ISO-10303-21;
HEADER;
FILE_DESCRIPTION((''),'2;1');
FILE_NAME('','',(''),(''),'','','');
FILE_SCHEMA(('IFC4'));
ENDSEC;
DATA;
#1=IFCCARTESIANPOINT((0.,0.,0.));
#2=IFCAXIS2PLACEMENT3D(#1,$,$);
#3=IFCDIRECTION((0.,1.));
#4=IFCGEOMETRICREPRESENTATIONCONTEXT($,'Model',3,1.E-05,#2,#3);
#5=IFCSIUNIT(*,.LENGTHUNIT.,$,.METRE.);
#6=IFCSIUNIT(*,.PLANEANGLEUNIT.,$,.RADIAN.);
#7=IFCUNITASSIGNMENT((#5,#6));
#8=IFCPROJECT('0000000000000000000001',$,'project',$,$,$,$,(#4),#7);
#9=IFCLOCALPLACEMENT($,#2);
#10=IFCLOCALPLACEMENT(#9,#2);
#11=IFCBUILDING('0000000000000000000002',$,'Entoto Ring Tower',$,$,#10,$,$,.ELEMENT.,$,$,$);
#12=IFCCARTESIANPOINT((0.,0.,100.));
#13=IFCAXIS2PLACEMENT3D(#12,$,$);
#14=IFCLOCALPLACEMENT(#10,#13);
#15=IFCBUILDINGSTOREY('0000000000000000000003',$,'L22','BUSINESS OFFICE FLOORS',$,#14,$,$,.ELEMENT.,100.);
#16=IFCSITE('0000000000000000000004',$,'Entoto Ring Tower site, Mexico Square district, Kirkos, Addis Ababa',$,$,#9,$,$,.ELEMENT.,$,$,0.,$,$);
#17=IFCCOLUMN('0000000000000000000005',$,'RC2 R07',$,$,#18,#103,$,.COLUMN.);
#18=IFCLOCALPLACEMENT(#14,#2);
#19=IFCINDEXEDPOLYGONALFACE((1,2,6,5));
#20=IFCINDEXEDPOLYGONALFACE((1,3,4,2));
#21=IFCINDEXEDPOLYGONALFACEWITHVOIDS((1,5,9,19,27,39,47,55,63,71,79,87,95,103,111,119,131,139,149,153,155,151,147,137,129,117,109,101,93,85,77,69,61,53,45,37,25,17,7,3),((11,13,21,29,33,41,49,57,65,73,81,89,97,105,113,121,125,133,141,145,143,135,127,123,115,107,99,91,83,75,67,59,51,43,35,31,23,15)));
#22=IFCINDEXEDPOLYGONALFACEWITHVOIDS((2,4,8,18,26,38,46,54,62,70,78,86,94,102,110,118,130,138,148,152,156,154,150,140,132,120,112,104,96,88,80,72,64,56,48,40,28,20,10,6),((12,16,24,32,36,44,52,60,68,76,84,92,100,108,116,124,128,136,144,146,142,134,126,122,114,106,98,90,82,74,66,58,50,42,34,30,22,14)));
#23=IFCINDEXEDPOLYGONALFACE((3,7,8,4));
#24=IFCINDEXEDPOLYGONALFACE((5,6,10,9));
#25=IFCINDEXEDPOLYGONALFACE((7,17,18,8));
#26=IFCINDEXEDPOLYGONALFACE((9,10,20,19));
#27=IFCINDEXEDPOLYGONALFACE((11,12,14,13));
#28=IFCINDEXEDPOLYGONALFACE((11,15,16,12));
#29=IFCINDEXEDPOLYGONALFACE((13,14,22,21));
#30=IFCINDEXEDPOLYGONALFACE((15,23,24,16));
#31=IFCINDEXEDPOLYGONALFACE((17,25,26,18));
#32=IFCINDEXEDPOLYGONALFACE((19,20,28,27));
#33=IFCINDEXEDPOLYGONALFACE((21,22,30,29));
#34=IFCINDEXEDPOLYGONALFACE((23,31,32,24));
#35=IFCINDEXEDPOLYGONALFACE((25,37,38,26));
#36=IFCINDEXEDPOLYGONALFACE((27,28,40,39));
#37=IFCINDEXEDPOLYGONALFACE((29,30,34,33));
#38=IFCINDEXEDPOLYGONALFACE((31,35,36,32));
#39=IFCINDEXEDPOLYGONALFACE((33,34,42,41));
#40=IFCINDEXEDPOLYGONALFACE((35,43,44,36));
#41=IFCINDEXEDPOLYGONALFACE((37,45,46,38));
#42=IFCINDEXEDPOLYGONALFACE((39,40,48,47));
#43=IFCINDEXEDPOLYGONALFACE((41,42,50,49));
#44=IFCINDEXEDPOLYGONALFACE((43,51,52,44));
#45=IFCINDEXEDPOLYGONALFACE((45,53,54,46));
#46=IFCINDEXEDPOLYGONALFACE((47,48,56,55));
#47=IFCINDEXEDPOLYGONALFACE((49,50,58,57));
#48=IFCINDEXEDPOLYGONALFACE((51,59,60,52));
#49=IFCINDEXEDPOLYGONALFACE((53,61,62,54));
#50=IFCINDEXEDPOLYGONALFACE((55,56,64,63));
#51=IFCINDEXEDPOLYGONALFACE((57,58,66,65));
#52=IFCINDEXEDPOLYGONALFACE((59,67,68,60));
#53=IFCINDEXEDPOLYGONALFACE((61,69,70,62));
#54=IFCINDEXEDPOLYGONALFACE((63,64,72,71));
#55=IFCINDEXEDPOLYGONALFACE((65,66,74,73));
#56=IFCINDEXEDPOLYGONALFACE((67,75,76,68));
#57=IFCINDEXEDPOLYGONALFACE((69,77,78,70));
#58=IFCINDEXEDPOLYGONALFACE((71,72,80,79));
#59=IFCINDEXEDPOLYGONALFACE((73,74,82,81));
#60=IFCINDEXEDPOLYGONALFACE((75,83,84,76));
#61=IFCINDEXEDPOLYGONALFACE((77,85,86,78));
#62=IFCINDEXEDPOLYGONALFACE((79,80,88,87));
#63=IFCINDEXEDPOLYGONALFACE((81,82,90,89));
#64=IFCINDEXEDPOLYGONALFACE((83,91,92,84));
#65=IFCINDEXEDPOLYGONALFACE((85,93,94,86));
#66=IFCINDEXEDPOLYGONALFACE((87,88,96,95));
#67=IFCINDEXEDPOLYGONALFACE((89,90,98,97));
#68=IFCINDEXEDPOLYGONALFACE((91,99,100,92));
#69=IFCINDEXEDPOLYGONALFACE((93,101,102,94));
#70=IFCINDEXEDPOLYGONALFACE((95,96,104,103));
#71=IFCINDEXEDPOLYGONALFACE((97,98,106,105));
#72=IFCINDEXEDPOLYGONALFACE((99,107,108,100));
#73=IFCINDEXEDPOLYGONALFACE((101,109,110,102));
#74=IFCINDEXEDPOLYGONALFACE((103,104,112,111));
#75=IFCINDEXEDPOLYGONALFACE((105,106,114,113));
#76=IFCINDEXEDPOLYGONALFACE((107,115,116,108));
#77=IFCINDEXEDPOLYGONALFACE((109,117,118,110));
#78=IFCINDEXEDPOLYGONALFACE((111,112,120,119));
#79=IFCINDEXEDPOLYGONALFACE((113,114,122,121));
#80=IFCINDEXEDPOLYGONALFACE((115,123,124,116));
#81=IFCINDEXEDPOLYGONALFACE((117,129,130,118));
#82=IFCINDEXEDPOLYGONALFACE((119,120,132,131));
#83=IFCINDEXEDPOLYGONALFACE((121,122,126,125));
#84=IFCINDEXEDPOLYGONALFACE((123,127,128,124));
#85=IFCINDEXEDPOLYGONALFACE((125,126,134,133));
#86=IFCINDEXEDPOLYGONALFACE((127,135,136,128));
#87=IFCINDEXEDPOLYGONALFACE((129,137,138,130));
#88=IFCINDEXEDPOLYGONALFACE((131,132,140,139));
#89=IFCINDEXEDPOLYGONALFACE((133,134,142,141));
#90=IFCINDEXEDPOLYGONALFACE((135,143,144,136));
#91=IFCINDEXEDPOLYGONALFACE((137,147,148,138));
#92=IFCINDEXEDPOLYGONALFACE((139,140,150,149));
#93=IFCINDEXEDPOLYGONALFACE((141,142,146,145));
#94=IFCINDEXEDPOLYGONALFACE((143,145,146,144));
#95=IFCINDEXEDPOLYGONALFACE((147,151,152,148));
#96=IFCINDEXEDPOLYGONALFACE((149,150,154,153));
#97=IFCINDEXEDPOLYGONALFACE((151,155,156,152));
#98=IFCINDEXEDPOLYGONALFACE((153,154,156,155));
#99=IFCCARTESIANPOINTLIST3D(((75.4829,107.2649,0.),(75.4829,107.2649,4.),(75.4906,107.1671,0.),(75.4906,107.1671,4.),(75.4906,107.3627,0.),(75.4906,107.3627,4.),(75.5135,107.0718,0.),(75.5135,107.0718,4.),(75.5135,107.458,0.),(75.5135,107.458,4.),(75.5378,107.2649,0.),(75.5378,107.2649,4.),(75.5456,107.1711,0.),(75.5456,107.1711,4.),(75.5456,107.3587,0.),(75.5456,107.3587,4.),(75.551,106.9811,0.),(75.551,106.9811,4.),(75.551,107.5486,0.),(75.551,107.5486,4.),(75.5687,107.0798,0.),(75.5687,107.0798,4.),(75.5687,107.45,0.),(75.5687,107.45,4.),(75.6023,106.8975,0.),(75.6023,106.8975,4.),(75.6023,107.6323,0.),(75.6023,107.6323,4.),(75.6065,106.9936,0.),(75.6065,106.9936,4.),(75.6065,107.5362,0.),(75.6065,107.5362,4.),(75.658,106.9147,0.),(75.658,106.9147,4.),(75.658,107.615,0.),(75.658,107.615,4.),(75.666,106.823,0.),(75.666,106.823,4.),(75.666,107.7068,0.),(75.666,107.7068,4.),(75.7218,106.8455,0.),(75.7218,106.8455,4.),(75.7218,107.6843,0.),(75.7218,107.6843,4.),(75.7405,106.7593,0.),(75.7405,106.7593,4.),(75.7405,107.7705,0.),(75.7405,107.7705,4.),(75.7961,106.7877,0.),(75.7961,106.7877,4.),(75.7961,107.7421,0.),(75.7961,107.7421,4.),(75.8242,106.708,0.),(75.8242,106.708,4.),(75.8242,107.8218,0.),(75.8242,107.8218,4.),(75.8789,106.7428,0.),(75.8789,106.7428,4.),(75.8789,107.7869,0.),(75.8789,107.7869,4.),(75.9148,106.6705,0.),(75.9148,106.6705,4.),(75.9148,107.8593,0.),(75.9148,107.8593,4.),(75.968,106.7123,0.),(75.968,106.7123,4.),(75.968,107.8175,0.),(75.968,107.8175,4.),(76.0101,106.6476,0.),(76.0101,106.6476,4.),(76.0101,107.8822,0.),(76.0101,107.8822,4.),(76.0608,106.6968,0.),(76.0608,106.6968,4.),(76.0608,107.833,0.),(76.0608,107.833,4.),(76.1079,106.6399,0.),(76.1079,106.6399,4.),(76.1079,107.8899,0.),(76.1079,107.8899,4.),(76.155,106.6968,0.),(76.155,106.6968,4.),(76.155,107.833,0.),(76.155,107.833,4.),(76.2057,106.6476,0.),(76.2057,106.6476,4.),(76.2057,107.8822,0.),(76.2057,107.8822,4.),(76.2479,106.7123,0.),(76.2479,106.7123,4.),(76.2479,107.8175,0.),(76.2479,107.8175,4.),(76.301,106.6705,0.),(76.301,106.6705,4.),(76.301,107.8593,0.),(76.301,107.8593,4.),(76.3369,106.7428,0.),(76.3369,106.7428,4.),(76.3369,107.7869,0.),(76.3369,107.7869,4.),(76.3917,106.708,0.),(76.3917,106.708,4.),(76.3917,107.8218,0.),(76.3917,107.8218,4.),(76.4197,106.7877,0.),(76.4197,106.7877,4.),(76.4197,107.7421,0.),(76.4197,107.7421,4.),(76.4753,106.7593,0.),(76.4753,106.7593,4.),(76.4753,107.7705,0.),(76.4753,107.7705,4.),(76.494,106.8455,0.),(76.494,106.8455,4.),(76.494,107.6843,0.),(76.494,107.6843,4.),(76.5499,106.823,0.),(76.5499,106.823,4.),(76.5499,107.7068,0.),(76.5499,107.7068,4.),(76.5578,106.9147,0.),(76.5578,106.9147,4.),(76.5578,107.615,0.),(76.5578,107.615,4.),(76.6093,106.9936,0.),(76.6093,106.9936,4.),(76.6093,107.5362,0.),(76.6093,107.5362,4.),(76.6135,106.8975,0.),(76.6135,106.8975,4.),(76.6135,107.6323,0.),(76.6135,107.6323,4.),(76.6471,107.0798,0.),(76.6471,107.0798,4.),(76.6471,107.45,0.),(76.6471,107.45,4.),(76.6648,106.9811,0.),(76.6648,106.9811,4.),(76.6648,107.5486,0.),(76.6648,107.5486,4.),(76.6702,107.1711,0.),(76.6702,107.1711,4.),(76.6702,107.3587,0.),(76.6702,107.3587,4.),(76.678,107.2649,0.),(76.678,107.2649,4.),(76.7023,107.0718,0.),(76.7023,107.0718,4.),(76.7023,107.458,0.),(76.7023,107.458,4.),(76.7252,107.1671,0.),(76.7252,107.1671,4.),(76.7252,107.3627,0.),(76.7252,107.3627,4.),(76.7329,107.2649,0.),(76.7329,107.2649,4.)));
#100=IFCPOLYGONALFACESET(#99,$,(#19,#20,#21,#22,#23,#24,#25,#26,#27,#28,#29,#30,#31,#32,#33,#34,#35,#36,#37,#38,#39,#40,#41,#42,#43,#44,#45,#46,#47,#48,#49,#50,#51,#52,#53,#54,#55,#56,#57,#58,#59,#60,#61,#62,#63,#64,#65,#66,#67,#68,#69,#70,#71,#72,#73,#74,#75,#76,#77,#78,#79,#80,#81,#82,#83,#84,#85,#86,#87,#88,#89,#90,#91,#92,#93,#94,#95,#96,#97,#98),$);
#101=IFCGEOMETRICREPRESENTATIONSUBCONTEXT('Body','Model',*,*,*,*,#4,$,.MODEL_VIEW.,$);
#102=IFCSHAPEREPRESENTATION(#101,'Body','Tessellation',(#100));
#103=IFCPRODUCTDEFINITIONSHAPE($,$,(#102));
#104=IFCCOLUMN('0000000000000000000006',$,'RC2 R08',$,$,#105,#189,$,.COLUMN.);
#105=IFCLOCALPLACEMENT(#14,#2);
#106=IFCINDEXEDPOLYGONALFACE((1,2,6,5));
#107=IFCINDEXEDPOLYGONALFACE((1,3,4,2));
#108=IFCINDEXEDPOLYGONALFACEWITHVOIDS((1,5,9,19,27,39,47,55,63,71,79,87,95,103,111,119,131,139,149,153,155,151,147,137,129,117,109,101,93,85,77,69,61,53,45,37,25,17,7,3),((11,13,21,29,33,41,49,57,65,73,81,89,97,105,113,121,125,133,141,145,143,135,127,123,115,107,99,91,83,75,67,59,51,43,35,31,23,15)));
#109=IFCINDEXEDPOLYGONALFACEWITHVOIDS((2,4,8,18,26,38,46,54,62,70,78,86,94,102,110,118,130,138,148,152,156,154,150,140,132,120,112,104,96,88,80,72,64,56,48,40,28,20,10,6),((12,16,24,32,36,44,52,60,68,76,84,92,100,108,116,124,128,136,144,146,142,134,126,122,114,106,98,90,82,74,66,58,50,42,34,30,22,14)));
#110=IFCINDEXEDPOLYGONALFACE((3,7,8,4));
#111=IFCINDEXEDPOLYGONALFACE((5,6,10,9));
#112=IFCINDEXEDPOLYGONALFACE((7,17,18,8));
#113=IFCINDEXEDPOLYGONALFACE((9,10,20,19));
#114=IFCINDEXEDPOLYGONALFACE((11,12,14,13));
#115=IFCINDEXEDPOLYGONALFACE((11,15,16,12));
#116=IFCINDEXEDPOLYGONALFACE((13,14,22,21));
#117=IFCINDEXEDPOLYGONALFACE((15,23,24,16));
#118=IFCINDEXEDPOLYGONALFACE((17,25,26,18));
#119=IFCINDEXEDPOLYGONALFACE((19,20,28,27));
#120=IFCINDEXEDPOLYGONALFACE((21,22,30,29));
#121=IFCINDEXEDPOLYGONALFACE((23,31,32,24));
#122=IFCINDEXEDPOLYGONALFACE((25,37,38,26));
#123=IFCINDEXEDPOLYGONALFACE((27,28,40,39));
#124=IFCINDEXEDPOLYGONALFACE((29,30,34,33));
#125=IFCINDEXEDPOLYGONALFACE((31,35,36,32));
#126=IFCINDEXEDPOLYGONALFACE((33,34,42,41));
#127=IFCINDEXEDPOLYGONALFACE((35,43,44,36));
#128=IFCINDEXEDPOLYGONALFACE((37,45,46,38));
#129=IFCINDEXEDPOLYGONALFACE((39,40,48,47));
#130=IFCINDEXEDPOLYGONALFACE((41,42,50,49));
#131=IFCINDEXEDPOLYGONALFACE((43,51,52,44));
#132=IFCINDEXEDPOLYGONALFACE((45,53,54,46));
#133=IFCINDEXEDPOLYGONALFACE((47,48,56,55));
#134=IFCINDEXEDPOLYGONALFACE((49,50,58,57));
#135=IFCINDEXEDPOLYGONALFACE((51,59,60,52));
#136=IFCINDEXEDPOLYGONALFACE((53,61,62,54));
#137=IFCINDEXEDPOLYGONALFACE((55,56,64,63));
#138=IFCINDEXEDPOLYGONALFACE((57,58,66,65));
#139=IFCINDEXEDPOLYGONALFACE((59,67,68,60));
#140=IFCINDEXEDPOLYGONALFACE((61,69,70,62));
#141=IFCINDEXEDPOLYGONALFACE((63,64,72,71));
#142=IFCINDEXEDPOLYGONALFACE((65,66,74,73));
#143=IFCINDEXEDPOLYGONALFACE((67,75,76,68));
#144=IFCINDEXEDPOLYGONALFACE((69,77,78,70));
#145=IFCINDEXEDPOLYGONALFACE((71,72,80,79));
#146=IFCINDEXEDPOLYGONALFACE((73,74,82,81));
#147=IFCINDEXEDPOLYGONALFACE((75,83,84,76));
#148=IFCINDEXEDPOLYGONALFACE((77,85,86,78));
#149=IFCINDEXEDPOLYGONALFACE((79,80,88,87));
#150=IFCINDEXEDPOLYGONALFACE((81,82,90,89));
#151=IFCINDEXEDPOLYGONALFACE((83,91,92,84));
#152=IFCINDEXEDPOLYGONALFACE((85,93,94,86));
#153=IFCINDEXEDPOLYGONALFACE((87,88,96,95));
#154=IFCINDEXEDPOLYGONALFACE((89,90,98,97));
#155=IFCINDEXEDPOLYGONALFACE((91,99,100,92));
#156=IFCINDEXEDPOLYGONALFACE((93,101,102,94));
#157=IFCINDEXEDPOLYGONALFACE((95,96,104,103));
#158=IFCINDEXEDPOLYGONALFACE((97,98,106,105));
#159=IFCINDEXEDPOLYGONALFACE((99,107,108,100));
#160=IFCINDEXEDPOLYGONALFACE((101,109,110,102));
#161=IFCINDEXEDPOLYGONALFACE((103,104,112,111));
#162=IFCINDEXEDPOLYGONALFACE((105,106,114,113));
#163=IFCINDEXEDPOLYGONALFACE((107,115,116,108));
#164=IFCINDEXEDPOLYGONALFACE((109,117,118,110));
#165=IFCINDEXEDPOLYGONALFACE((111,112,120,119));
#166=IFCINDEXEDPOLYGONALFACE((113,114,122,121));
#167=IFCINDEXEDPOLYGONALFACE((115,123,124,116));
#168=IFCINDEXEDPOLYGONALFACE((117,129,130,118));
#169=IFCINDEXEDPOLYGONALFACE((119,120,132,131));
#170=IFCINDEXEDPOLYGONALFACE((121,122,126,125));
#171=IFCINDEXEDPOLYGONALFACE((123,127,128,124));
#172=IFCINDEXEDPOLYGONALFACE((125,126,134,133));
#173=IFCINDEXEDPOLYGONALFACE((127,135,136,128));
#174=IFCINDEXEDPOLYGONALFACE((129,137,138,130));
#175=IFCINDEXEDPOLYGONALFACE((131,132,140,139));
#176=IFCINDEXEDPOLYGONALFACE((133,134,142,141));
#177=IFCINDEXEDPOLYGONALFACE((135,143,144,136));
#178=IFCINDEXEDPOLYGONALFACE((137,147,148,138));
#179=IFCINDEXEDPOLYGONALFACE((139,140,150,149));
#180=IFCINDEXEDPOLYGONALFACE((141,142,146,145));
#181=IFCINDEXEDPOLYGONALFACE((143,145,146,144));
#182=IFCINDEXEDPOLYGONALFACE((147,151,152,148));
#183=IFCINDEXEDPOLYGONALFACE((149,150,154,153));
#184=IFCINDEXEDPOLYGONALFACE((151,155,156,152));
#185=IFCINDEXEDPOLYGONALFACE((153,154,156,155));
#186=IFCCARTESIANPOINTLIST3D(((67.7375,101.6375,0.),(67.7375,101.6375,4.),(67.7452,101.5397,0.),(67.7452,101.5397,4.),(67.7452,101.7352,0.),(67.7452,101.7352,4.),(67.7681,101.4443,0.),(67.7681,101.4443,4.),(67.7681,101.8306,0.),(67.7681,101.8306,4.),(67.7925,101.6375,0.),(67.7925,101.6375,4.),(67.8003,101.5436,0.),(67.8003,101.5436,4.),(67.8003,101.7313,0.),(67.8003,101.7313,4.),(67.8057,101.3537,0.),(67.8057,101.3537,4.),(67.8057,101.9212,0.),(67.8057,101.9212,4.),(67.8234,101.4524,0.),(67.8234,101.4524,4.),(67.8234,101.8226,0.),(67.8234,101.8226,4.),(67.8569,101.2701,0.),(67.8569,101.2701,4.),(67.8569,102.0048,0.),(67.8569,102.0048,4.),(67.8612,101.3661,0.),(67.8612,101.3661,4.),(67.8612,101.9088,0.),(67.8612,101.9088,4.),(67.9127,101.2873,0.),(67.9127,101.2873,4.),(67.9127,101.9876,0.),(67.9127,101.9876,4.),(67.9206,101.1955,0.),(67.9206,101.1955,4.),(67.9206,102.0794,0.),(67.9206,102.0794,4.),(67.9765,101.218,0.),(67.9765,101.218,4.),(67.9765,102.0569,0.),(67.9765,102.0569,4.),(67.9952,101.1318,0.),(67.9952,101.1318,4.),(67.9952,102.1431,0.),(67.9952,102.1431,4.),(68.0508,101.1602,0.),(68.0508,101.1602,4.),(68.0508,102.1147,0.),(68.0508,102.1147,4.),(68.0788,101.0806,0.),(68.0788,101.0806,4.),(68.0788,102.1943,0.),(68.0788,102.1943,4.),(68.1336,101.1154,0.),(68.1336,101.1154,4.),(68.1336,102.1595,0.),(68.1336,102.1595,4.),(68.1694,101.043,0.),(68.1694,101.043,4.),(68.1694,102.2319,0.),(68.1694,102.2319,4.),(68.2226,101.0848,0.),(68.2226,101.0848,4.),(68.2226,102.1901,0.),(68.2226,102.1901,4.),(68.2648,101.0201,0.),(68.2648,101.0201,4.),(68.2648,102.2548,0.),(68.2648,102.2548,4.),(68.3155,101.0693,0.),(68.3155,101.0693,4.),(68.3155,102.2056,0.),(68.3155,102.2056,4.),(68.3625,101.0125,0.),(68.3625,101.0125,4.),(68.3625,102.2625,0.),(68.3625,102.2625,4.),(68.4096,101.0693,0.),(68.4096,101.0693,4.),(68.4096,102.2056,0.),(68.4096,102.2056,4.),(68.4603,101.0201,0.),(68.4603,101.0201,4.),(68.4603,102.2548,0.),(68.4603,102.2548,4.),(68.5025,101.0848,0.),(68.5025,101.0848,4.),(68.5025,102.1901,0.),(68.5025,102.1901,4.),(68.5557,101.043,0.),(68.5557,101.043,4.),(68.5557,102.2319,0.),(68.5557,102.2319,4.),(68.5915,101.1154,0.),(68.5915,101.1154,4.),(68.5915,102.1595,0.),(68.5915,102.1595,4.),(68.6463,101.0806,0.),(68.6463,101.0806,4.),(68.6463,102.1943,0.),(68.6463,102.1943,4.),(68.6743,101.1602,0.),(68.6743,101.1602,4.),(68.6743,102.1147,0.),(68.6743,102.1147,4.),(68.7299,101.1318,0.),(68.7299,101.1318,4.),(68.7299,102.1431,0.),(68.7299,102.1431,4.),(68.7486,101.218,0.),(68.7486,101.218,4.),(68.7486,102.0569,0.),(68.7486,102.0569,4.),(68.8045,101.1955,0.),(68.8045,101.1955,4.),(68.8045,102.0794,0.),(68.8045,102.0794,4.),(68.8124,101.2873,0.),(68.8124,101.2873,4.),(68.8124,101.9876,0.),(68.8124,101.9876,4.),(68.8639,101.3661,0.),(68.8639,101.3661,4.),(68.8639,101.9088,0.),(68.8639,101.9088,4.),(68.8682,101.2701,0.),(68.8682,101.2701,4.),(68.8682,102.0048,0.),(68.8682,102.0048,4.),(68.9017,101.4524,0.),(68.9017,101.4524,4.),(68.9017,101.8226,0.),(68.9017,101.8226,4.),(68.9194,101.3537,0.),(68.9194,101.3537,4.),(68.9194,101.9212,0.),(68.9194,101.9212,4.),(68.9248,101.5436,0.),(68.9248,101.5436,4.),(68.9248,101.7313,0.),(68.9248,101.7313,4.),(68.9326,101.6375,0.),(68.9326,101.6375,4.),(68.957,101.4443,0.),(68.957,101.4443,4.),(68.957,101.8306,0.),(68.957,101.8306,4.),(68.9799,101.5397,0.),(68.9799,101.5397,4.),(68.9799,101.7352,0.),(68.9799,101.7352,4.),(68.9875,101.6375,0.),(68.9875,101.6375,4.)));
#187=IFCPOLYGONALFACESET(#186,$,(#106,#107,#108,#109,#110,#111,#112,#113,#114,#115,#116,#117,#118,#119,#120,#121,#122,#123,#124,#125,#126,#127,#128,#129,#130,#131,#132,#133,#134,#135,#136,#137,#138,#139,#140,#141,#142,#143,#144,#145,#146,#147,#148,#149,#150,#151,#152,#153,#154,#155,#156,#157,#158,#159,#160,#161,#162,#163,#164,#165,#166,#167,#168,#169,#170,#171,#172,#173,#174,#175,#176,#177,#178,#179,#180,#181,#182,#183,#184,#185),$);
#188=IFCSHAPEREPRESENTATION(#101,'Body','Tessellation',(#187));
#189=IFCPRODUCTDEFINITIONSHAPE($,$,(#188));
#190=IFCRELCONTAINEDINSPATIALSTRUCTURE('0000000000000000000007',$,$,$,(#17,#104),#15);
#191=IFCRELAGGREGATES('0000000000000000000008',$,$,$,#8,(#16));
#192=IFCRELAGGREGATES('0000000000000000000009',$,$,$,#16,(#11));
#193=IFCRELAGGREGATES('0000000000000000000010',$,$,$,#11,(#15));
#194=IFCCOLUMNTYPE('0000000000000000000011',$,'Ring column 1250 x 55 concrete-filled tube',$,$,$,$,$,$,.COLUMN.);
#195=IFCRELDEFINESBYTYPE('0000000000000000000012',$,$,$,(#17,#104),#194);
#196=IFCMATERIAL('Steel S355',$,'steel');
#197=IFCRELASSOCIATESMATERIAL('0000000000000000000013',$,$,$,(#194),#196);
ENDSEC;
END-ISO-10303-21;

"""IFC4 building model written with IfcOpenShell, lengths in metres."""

from ifc_helpers import new_model, si_unit, direction, frame, origin, origin_2d, place, context, subcontext, project, spatial, circle, hollow_circle, extrude, material, material_profile, profile_set, type_object, element, save


model = new_model("IFC4")

# Units and contexts
model_context = context("Model", 3, precision=1e-05, world=origin(), true_north=direction((0.0, 1.0)))
body_context = subcontext(model_context, "Body", "Model", "MODEL_VIEW")
ifc_project = project(units=[si_unit("LENGTHUNIT", "METRE"), si_unit("PLANEANGLEUNIT", "RADIAN")], contexts=[model_context])

# Site, building, storey
site_placement = place(None, origin())
site = spatial("IfcSite", under=ifc_project, at=site_placement, Name="Entoto Ring Tower site, Mexico Square district, Kirkos, Addis Ababa", CompositionType="ELEMENT", RefElevation=0.0)
building_placement = place(site_placement, origin())
building = spatial("IfcBuilding", under=site, at=building_placement, Name="Entoto Ring Tower", CompositionType="ELEMENT")
storey_placement = place(building_placement, frame((0.0, 0.0, 100.0)))
storey = spatial("IfcBuildingStorey", under=building, at=storey_placement, Name="L22", Description="BUSINESS OFFICE FLOORS", CompositionType="ELEMENT", Elevation=100.0)

# Columns
ifc_material_1 = material(Name="Steel S355", Category="steel")
ifc_material_profile_1 = material_profile(ifc_material_1, hollow_circle(Radius=0.625, WallThickness=0.0549, at=origin_2d()), Name="CHS 1250 x 55")
ifc_material_2 = material(Name="Concrete C60/75", Category="concrete")
ifc_material_profile_2 = material_profile(ifc_material_2, circle(Radius=0.5701, at=origin_2d()), Name="Concrete C60/75 infill")
ifc_profile_set_1 = profile_set([ifc_material_profile_1, ifc_material_profile_2], Name="Steel S355")
column_type = type_object("IfcColumnType", Name="Ring column 1250 x 55 concrete-filled tube", PredefinedType="COLUMN", material=ifc_profile_set_1)
for number, where, z_axis, x_axis, name in (
    (1, (76.1079, 107.2649, 0.0), (0.0, 0.0, 1.0), (1.0, 0.0, 0.0), "RC2 R07"),
    (2, (68.3625, 101.6375, 0.0), (0.0, 0.0, 1.0), (1.0, 0.0, 0.0), "RC2 R08"),
):
    element("IfcColumn", number, at=place(storey_placement, frame(where, z_axis=z_axis, x_axis=x_axis)), inside=storey, type_object=column_type, Name=name, PredefinedType="COLUMN", context=body_context, shape_type="SweptSolid", body=[
        extrude(hollow_circle(Radius=0.625, WallThickness=0.0549, at=origin_2d()), origin(), (0.0, 0.0, 1.0), 4.0),
    ])

save(model, "model.ifc")
